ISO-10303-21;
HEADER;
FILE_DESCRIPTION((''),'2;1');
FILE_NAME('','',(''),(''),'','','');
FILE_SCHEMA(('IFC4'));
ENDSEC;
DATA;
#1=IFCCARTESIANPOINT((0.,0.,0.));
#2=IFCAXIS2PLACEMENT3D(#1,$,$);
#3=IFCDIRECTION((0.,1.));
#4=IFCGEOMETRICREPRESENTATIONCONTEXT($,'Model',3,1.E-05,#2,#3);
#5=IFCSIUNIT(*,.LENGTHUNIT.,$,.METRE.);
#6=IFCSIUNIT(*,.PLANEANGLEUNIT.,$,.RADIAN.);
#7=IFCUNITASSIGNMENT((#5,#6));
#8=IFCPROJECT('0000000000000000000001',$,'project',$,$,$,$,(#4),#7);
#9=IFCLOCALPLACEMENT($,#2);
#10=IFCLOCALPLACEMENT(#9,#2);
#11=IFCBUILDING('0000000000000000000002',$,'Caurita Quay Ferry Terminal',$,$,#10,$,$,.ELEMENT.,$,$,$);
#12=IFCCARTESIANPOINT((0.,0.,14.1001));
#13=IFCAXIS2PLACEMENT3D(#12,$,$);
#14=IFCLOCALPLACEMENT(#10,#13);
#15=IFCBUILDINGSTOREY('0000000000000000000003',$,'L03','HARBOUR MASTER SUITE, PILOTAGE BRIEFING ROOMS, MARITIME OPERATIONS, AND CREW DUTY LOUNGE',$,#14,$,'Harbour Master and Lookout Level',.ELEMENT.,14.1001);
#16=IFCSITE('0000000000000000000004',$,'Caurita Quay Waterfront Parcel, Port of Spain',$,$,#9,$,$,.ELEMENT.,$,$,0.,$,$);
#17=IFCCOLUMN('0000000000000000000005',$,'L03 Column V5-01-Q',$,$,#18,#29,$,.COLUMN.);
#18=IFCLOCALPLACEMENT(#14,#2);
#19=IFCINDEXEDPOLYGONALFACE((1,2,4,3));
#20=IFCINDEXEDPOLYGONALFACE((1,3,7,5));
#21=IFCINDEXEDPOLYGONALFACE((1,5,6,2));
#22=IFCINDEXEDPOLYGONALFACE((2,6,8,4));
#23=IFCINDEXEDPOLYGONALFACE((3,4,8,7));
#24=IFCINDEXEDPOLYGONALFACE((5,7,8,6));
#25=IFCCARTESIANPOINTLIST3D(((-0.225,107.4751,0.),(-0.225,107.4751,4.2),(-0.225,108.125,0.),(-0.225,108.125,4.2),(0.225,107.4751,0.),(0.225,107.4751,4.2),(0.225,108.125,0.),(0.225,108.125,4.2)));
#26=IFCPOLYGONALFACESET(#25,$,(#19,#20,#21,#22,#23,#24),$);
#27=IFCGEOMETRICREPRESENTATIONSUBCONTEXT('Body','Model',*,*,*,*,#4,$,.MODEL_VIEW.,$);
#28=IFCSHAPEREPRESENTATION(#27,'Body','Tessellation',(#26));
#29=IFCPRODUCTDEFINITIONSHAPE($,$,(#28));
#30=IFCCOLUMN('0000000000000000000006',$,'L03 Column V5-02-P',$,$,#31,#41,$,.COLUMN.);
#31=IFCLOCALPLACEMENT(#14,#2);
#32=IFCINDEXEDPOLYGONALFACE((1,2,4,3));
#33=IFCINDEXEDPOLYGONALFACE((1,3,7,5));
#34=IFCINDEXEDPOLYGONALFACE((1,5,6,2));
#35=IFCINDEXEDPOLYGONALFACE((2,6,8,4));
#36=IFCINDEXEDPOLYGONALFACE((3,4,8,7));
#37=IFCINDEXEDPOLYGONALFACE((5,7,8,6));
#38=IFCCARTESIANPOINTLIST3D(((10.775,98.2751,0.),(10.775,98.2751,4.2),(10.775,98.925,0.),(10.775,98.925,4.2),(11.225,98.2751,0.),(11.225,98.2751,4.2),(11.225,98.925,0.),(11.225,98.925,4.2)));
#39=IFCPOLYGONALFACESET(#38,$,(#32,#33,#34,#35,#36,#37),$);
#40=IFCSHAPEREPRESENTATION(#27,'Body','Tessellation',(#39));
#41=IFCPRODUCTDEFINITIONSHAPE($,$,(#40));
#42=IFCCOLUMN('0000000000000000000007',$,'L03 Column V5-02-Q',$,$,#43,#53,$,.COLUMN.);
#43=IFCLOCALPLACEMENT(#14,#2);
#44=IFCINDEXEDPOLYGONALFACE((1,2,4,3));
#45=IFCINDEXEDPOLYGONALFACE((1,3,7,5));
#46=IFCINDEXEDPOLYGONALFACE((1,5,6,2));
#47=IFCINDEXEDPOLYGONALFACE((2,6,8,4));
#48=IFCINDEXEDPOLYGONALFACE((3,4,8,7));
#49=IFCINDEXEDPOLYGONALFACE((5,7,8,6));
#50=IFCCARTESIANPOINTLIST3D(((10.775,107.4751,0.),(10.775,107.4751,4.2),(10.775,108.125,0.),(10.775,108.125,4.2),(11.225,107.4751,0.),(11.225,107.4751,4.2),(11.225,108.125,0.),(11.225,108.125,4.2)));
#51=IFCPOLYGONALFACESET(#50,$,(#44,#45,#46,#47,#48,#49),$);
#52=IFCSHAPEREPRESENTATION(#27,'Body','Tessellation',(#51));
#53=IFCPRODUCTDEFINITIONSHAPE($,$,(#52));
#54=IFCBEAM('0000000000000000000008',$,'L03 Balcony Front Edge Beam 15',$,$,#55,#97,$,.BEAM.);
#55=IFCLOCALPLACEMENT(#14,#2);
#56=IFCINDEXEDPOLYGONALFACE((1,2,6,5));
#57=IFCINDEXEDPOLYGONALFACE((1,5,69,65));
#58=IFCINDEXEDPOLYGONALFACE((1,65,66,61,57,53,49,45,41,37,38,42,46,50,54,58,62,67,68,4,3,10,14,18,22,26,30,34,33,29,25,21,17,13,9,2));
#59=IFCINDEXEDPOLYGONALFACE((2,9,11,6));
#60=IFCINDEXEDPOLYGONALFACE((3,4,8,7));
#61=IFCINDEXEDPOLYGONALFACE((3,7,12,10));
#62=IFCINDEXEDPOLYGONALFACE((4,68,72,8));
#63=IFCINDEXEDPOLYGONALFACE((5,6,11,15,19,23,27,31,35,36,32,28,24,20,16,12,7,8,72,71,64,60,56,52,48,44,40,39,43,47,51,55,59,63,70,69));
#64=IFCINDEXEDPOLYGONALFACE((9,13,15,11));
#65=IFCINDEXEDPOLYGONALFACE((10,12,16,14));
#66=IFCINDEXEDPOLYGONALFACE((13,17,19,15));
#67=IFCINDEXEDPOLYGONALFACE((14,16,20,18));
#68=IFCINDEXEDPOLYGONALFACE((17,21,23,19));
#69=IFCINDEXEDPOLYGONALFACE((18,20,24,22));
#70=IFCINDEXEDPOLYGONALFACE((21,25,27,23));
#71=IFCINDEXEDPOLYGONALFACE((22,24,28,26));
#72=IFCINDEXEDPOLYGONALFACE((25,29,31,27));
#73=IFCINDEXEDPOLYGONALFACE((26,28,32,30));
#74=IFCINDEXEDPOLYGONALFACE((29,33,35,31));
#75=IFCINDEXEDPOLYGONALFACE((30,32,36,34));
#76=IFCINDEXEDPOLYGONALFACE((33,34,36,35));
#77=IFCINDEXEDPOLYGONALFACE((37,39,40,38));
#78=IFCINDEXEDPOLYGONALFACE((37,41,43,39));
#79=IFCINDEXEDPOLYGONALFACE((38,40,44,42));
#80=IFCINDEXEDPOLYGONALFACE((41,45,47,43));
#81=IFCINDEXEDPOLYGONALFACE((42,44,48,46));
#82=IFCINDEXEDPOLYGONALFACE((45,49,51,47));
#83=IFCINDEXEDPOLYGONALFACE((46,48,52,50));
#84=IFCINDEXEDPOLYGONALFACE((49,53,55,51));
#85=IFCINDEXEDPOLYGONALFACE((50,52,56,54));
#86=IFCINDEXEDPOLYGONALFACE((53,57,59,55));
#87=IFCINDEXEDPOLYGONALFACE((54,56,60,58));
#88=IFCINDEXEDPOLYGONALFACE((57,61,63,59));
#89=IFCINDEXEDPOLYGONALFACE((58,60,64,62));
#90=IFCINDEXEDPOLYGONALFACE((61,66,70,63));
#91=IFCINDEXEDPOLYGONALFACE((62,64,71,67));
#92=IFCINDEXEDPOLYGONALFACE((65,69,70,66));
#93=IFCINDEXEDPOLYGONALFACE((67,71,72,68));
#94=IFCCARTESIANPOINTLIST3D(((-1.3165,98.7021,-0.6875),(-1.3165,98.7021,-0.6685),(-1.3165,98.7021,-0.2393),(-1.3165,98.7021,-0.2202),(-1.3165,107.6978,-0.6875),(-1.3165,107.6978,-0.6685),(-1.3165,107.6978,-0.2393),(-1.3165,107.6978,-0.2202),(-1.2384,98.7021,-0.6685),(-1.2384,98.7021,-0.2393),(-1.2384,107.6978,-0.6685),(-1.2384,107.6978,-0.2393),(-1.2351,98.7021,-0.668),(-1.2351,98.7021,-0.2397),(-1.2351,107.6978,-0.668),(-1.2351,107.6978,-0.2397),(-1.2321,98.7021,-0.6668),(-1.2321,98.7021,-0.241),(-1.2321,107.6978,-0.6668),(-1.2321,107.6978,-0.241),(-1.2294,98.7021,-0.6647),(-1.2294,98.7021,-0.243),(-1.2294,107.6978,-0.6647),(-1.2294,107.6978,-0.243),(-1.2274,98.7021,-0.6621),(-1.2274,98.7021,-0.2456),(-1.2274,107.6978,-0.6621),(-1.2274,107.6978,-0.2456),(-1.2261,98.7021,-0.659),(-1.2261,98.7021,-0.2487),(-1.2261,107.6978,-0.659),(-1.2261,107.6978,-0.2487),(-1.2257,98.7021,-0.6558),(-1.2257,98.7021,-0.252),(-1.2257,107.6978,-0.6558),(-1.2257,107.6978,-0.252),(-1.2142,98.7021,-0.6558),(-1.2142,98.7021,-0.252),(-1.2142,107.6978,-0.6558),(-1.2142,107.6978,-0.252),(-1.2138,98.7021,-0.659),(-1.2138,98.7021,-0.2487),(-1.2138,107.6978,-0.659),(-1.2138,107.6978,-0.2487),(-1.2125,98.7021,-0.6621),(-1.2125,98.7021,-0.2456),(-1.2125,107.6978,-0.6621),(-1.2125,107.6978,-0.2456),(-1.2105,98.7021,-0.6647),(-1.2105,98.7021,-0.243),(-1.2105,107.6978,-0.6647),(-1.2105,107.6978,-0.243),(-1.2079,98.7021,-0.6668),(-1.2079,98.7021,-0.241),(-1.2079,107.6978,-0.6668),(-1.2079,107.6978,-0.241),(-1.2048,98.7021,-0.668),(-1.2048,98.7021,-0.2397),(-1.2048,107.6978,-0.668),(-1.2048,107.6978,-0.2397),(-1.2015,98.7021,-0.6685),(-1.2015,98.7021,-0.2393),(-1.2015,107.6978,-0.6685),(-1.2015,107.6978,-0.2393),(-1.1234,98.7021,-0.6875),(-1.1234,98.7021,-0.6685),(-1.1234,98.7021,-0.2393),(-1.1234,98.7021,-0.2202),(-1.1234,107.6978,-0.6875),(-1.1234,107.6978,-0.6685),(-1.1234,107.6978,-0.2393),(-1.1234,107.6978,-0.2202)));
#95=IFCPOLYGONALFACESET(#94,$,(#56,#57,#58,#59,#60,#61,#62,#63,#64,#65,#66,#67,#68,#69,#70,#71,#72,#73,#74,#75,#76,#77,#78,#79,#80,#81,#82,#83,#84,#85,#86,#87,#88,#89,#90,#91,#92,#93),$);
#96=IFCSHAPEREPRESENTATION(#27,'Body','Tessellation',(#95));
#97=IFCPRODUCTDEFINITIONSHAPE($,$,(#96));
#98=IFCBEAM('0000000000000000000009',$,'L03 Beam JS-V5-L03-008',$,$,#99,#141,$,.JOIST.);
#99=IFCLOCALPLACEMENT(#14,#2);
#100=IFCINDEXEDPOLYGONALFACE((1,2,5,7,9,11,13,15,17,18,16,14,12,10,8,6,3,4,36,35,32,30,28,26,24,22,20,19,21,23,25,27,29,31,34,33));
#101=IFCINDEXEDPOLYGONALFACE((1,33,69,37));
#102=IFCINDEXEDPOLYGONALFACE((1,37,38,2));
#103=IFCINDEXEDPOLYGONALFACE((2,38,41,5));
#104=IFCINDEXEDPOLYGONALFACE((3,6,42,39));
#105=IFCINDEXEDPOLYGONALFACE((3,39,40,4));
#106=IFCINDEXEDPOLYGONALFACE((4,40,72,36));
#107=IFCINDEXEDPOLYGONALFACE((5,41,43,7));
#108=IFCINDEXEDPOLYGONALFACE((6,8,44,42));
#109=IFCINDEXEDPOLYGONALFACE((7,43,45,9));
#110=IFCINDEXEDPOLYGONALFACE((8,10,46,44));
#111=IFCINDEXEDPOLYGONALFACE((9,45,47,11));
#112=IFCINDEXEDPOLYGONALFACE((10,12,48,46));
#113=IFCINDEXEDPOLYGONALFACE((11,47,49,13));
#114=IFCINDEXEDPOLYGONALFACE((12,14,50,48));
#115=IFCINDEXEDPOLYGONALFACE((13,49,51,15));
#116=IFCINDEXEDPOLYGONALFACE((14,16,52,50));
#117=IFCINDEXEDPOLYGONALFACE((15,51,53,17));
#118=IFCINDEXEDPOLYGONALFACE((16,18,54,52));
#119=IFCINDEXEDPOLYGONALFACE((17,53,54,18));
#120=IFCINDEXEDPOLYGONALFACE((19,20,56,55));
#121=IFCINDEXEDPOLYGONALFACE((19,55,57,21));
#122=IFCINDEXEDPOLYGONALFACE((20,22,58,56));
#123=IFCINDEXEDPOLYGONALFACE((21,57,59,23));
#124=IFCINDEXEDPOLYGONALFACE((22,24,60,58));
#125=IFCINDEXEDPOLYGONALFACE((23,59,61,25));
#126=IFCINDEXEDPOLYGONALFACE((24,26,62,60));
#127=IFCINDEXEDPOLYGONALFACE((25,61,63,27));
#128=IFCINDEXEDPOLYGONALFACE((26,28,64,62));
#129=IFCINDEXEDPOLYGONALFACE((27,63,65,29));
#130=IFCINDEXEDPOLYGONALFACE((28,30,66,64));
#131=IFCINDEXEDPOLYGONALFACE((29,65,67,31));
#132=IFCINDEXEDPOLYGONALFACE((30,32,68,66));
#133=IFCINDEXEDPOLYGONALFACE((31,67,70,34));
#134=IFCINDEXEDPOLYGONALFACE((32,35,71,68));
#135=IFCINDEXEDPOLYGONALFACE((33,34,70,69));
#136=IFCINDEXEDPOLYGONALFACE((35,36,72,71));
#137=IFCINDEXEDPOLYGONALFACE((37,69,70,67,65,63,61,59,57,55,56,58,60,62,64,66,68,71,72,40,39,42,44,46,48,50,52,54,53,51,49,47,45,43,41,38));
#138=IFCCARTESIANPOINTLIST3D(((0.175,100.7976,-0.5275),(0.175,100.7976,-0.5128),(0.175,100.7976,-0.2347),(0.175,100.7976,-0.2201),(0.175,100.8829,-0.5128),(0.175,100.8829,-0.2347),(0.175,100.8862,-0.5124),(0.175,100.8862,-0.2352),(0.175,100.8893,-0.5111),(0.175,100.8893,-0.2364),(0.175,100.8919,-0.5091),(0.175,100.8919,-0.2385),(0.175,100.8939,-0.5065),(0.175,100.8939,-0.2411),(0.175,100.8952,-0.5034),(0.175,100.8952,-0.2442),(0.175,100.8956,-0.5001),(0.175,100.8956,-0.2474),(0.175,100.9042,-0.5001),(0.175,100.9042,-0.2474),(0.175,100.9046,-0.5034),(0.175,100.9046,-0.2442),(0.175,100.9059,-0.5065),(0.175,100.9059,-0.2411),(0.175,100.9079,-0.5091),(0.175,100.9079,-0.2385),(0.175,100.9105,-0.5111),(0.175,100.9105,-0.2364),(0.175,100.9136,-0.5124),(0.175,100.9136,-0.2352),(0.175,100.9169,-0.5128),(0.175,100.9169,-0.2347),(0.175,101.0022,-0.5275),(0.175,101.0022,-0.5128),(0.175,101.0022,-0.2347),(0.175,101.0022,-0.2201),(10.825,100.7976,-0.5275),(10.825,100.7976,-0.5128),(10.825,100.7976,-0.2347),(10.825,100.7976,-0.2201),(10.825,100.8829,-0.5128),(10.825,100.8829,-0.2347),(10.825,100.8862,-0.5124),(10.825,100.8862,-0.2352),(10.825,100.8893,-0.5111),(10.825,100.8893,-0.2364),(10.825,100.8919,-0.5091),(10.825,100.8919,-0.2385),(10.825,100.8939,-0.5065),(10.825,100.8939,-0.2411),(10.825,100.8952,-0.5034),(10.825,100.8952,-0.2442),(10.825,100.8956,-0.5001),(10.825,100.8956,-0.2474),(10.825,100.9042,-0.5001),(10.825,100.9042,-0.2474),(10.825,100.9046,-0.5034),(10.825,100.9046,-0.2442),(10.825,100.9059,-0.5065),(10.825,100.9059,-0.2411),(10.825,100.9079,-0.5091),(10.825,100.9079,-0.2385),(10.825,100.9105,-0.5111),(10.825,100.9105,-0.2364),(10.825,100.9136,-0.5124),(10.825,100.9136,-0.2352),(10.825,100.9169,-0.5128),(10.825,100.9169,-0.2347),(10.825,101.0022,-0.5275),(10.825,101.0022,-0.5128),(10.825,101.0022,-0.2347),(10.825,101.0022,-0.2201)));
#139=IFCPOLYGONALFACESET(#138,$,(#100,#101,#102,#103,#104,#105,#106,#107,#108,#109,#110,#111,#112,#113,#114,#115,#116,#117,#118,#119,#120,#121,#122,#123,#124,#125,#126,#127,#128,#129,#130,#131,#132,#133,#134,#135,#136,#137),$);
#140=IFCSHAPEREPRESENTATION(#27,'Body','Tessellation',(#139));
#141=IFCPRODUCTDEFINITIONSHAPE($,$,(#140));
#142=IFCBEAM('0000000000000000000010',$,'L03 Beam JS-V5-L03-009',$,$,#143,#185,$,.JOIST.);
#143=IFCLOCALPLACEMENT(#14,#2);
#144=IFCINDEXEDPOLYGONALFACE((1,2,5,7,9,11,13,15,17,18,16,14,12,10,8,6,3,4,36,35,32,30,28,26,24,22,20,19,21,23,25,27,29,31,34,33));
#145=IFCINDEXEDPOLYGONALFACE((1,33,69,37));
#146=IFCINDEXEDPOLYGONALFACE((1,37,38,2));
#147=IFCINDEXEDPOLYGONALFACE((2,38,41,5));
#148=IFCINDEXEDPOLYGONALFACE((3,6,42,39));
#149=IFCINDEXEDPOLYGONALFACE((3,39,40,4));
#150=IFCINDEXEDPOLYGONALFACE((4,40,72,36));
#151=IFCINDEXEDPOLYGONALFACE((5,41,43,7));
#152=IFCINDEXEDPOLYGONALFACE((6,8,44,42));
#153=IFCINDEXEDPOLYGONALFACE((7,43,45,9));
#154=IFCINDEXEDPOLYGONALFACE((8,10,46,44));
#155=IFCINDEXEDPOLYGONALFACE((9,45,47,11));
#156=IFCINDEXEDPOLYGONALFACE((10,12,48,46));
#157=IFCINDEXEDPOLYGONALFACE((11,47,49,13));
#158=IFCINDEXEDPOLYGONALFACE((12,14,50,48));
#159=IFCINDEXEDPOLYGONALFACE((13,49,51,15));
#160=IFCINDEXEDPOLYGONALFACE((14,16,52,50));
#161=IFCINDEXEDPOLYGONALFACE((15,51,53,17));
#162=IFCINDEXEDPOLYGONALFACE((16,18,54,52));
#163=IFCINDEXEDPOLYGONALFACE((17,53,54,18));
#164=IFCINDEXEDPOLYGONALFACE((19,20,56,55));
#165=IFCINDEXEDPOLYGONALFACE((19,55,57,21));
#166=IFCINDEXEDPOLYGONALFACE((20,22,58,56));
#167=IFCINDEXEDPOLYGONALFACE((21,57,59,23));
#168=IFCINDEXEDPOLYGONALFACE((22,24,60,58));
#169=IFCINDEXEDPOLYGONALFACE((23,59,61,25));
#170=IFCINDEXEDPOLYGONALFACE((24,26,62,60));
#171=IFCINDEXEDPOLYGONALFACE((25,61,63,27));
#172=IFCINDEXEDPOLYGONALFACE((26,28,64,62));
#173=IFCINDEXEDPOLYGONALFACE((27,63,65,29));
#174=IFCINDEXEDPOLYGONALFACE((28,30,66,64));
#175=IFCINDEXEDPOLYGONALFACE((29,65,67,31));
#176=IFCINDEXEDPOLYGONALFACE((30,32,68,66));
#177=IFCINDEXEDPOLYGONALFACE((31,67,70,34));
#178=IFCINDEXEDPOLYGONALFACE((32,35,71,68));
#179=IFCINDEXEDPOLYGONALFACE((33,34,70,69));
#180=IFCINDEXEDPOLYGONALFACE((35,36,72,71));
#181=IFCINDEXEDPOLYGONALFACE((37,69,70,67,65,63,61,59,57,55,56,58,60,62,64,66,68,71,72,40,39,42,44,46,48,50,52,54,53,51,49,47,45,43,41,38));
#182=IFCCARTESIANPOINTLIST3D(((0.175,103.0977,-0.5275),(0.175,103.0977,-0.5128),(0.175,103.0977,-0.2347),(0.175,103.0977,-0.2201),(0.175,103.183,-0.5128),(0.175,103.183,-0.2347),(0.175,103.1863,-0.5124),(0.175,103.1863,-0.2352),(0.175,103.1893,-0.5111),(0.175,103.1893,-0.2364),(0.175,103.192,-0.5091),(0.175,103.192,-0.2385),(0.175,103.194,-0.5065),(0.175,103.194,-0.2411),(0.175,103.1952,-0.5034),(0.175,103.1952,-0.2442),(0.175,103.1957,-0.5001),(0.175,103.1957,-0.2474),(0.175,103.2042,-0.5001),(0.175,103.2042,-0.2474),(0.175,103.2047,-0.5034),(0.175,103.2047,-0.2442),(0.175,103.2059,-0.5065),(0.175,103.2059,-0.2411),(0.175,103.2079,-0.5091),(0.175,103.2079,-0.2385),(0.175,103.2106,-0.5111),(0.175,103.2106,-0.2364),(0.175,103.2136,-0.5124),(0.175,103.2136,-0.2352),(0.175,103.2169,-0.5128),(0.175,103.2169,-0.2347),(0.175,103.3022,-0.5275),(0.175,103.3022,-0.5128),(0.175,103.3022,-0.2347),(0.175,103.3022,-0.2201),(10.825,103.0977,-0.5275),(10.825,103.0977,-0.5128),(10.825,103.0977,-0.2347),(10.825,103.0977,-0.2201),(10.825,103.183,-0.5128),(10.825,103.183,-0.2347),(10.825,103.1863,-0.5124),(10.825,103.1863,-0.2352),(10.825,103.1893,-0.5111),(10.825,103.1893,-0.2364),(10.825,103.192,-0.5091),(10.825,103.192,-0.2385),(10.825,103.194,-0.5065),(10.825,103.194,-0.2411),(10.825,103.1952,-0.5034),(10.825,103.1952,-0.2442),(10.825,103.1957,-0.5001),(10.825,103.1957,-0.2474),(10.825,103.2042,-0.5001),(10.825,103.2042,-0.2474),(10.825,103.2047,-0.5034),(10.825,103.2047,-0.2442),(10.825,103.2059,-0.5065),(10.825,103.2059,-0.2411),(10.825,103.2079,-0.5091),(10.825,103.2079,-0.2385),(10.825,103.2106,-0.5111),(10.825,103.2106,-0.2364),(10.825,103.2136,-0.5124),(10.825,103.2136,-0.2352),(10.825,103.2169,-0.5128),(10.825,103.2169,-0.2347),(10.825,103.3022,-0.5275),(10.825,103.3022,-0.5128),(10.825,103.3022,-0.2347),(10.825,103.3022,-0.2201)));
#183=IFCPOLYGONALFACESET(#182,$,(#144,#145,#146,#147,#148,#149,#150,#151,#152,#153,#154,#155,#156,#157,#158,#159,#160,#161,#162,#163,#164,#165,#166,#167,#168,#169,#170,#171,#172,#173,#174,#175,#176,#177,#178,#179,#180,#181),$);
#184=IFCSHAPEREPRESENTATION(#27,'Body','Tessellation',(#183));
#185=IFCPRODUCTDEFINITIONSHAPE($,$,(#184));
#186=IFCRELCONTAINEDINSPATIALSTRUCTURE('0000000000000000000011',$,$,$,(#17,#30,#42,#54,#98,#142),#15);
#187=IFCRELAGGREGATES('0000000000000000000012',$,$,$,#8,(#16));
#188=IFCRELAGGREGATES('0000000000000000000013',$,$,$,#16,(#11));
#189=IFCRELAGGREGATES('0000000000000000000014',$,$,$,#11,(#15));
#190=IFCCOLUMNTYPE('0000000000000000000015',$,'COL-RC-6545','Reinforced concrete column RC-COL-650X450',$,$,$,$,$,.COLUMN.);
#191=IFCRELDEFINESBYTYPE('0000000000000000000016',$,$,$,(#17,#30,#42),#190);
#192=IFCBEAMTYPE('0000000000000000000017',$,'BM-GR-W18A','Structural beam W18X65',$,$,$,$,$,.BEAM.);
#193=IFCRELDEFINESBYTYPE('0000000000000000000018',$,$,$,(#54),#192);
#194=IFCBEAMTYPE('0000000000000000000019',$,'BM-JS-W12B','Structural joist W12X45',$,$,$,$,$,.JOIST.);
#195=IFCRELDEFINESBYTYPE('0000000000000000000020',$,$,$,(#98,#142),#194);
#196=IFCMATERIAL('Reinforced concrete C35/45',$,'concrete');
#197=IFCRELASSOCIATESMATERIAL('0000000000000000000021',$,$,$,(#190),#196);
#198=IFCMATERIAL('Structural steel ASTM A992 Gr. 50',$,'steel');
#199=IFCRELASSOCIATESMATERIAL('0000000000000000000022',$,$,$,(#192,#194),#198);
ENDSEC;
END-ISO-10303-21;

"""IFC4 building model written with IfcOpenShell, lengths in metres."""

from ifc_helpers import new_model, si_unit, direction, frame, origin, origin_2d, place, context, subcontext, project, spatial, rectangle, i_section, extrude, material, material_profile, profile_set, type_object, element, save


model = new_model("IFC4")

# Units and contexts
model_context = context("Model", 3, precision=1e-05, world=origin(), true_north=direction((0.0, 1.0)))
body_context = subcontext(model_context, "Body", "Model", "MODEL_VIEW")
ifc_project = project(units=[si_unit("LENGTHUNIT", "METRE"), si_unit("PLANEANGLEUNIT", "RADIAN")], contexts=[model_context])

# Site, building, storey
site_placement = place(None, origin())
site = spatial("IfcSite", under=ifc_project, at=site_placement, Name="Caurita Quay Waterfront Parcel, Port of Spain", CompositionType="ELEMENT", RefElevation=0.0)
building_placement = place(site_placement, origin())
building = spatial("IfcBuilding", under=site, at=building_placement, Name="Caurita Quay Ferry Terminal", CompositionType="ELEMENT")
storey_placement = place(building_placement, frame((0.0, 0.0, 14.1001)))
storey = spatial("IfcBuildingStorey", under=building, at=storey_placement, Name="L03", Description="HARBOUR MASTER SUITE, PILOTAGE BRIEFING ROOMS, MARITIME OPERATIONS, AND CREW DUTY LOUNGE", LongName="Harbour Master and Lookout Level", CompositionType="ELEMENT", Elevation=14.1001)

# Columns
ifc_material_1 = material(Name="Reinforced concrete C35/45", Category="concrete")
ifc_material_profile_1 = material_profile(ifc_material_1, rectangle(XDim=0.45, YDim=0.6499, at=origin_2d()), Name="RC-COL-650X450")
ifc_profile_set_1 = profile_set([ifc_material_profile_1], Name="Reinforced concrete C35/45")
column_type = type_object("IfcColumnType", Name="COL-RC-6545", Description="Reinforced concrete column RC-COL-650X450", PredefinedType="COLUMN", material=ifc_profile_set_1)
for number, where, z_axis, x_axis, name in (
    (1, (0.0, 107.8, 0.0), (0.0, 0.0, 1.0), (1.0, 0.0, 0.0), "L03 Column V5-01-Q"),
    (2, (11.0, 98.6001, 0.0), (0.0, 0.0, 1.0), (1.0, 0.0, 0.0), "L03 Column V5-02-P"),
    (3, (11.0, 107.8, 0.0), (0.0, 0.0, 1.0), (1.0, 0.0, 0.0), "L03 Column V5-02-Q"),
):
    element("IfcColumn", number, at=place(storey_placement, frame(where, z_axis=z_axis, x_axis=x_axis)), inside=storey, type_object=column_type, Name=name, PredefinedType="COLUMN", context=body_context, shape_type="SweptSolid", body=[
        extrude(rectangle(XDim=0.45, YDim=0.6499, at=origin_2d()), origin(), (0.0, 0.0, 1.0), 4.2),
    ])

# Beams
ifc_material_2 = material(Name="Structural steel ASTM A992 Gr. 50", Category="steel")
ifc_material_profile_2 = material_profile(ifc_material_2, i_section(OverallWidth=0.1931, OverallDepth=0.4673, WebThickness=0.0115, FlangeThickness=0.019, FilletRadius=0.0127, at=origin_2d()), Name="W18X65")
ifc_profile_set_2 = profile_set([ifc_material_profile_2], Name="Structural steel ASTM A992 Gr. 50")
beam_type_1 = type_object("IfcBeamType", Name="BM-GR-W18A", Description="Structural beam W18X65", PredefinedType="BEAM", material=ifc_profile_set_2)
beam_1_placement = place(storey_placement, frame((-1.22, 98.7021, -0.4539), z_axis=(0.0, 1.0, 0.0), x_axis=(-1.0, 0.0, 0.0)))
element("IfcBeam", 4, at=beam_1_placement, inside=storey, type_object=beam_type_1, Name="L03 Balcony Front Edge Beam 15", PredefinedType="BEAM", context=body_context, shape_type="SweptSolid", body=[
    extrude(i_section(OverallWidth=0.1931, OverallDepth=0.4673, WebThickness=0.0115, FlangeThickness=0.019, FilletRadius=0.0127, at=origin_2d()), origin(), (0.0, 0.0, 1.0), 8.9956),
])
ifc_material_profile_3 = material_profile(ifc_material_2, i_section(OverallWidth=0.2046, OverallDepth=0.3074, WebThickness=0.0085, FlangeThickness=0.0146, FilletRadius=0.0127, at=origin_2d()), Name="W12X45")
ifc_profile_set_3 = profile_set([ifc_material_profile_3], Name="Structural steel ASTM A992 Gr. 50")
beam_type_2 = type_object("IfcBeamType", Name="BM-JS-W12B", Description="Structural joist W12X45", PredefinedType="JOIST", material=ifc_profile_set_3)
for number, where, z_axis, x_axis, name in (
    (5, (0.175, 100.8999, -0.3738), (1.0, 0.0, 0.0), (0.0, 1.0, 0.0), "L03 Beam JS-V5-L03-008"),
    (6, (0.175, 103.2, -0.3738), (1.0, 0.0, 0.0), (0.0, 1.0, 0.0), "L03 Beam JS-V5-L03-009"),
):
    element("IfcBeam", number, at=place(storey_placement, frame(where, z_axis=z_axis, x_axis=x_axis)), inside=storey, type_object=beam_type_2, Name=name, PredefinedType="JOIST", context=body_context, shape_type="SweptSolid", body=[
        extrude(i_section(OverallWidth=0.2046, OverallDepth=0.3074, WebThickness=0.0085, FlangeThickness=0.0146, FilletRadius=0.0127, at=origin_2d()), origin(), (0.0, 0.0, 1.0), 10.6499),
    ])

save(model, "model.ifc")
